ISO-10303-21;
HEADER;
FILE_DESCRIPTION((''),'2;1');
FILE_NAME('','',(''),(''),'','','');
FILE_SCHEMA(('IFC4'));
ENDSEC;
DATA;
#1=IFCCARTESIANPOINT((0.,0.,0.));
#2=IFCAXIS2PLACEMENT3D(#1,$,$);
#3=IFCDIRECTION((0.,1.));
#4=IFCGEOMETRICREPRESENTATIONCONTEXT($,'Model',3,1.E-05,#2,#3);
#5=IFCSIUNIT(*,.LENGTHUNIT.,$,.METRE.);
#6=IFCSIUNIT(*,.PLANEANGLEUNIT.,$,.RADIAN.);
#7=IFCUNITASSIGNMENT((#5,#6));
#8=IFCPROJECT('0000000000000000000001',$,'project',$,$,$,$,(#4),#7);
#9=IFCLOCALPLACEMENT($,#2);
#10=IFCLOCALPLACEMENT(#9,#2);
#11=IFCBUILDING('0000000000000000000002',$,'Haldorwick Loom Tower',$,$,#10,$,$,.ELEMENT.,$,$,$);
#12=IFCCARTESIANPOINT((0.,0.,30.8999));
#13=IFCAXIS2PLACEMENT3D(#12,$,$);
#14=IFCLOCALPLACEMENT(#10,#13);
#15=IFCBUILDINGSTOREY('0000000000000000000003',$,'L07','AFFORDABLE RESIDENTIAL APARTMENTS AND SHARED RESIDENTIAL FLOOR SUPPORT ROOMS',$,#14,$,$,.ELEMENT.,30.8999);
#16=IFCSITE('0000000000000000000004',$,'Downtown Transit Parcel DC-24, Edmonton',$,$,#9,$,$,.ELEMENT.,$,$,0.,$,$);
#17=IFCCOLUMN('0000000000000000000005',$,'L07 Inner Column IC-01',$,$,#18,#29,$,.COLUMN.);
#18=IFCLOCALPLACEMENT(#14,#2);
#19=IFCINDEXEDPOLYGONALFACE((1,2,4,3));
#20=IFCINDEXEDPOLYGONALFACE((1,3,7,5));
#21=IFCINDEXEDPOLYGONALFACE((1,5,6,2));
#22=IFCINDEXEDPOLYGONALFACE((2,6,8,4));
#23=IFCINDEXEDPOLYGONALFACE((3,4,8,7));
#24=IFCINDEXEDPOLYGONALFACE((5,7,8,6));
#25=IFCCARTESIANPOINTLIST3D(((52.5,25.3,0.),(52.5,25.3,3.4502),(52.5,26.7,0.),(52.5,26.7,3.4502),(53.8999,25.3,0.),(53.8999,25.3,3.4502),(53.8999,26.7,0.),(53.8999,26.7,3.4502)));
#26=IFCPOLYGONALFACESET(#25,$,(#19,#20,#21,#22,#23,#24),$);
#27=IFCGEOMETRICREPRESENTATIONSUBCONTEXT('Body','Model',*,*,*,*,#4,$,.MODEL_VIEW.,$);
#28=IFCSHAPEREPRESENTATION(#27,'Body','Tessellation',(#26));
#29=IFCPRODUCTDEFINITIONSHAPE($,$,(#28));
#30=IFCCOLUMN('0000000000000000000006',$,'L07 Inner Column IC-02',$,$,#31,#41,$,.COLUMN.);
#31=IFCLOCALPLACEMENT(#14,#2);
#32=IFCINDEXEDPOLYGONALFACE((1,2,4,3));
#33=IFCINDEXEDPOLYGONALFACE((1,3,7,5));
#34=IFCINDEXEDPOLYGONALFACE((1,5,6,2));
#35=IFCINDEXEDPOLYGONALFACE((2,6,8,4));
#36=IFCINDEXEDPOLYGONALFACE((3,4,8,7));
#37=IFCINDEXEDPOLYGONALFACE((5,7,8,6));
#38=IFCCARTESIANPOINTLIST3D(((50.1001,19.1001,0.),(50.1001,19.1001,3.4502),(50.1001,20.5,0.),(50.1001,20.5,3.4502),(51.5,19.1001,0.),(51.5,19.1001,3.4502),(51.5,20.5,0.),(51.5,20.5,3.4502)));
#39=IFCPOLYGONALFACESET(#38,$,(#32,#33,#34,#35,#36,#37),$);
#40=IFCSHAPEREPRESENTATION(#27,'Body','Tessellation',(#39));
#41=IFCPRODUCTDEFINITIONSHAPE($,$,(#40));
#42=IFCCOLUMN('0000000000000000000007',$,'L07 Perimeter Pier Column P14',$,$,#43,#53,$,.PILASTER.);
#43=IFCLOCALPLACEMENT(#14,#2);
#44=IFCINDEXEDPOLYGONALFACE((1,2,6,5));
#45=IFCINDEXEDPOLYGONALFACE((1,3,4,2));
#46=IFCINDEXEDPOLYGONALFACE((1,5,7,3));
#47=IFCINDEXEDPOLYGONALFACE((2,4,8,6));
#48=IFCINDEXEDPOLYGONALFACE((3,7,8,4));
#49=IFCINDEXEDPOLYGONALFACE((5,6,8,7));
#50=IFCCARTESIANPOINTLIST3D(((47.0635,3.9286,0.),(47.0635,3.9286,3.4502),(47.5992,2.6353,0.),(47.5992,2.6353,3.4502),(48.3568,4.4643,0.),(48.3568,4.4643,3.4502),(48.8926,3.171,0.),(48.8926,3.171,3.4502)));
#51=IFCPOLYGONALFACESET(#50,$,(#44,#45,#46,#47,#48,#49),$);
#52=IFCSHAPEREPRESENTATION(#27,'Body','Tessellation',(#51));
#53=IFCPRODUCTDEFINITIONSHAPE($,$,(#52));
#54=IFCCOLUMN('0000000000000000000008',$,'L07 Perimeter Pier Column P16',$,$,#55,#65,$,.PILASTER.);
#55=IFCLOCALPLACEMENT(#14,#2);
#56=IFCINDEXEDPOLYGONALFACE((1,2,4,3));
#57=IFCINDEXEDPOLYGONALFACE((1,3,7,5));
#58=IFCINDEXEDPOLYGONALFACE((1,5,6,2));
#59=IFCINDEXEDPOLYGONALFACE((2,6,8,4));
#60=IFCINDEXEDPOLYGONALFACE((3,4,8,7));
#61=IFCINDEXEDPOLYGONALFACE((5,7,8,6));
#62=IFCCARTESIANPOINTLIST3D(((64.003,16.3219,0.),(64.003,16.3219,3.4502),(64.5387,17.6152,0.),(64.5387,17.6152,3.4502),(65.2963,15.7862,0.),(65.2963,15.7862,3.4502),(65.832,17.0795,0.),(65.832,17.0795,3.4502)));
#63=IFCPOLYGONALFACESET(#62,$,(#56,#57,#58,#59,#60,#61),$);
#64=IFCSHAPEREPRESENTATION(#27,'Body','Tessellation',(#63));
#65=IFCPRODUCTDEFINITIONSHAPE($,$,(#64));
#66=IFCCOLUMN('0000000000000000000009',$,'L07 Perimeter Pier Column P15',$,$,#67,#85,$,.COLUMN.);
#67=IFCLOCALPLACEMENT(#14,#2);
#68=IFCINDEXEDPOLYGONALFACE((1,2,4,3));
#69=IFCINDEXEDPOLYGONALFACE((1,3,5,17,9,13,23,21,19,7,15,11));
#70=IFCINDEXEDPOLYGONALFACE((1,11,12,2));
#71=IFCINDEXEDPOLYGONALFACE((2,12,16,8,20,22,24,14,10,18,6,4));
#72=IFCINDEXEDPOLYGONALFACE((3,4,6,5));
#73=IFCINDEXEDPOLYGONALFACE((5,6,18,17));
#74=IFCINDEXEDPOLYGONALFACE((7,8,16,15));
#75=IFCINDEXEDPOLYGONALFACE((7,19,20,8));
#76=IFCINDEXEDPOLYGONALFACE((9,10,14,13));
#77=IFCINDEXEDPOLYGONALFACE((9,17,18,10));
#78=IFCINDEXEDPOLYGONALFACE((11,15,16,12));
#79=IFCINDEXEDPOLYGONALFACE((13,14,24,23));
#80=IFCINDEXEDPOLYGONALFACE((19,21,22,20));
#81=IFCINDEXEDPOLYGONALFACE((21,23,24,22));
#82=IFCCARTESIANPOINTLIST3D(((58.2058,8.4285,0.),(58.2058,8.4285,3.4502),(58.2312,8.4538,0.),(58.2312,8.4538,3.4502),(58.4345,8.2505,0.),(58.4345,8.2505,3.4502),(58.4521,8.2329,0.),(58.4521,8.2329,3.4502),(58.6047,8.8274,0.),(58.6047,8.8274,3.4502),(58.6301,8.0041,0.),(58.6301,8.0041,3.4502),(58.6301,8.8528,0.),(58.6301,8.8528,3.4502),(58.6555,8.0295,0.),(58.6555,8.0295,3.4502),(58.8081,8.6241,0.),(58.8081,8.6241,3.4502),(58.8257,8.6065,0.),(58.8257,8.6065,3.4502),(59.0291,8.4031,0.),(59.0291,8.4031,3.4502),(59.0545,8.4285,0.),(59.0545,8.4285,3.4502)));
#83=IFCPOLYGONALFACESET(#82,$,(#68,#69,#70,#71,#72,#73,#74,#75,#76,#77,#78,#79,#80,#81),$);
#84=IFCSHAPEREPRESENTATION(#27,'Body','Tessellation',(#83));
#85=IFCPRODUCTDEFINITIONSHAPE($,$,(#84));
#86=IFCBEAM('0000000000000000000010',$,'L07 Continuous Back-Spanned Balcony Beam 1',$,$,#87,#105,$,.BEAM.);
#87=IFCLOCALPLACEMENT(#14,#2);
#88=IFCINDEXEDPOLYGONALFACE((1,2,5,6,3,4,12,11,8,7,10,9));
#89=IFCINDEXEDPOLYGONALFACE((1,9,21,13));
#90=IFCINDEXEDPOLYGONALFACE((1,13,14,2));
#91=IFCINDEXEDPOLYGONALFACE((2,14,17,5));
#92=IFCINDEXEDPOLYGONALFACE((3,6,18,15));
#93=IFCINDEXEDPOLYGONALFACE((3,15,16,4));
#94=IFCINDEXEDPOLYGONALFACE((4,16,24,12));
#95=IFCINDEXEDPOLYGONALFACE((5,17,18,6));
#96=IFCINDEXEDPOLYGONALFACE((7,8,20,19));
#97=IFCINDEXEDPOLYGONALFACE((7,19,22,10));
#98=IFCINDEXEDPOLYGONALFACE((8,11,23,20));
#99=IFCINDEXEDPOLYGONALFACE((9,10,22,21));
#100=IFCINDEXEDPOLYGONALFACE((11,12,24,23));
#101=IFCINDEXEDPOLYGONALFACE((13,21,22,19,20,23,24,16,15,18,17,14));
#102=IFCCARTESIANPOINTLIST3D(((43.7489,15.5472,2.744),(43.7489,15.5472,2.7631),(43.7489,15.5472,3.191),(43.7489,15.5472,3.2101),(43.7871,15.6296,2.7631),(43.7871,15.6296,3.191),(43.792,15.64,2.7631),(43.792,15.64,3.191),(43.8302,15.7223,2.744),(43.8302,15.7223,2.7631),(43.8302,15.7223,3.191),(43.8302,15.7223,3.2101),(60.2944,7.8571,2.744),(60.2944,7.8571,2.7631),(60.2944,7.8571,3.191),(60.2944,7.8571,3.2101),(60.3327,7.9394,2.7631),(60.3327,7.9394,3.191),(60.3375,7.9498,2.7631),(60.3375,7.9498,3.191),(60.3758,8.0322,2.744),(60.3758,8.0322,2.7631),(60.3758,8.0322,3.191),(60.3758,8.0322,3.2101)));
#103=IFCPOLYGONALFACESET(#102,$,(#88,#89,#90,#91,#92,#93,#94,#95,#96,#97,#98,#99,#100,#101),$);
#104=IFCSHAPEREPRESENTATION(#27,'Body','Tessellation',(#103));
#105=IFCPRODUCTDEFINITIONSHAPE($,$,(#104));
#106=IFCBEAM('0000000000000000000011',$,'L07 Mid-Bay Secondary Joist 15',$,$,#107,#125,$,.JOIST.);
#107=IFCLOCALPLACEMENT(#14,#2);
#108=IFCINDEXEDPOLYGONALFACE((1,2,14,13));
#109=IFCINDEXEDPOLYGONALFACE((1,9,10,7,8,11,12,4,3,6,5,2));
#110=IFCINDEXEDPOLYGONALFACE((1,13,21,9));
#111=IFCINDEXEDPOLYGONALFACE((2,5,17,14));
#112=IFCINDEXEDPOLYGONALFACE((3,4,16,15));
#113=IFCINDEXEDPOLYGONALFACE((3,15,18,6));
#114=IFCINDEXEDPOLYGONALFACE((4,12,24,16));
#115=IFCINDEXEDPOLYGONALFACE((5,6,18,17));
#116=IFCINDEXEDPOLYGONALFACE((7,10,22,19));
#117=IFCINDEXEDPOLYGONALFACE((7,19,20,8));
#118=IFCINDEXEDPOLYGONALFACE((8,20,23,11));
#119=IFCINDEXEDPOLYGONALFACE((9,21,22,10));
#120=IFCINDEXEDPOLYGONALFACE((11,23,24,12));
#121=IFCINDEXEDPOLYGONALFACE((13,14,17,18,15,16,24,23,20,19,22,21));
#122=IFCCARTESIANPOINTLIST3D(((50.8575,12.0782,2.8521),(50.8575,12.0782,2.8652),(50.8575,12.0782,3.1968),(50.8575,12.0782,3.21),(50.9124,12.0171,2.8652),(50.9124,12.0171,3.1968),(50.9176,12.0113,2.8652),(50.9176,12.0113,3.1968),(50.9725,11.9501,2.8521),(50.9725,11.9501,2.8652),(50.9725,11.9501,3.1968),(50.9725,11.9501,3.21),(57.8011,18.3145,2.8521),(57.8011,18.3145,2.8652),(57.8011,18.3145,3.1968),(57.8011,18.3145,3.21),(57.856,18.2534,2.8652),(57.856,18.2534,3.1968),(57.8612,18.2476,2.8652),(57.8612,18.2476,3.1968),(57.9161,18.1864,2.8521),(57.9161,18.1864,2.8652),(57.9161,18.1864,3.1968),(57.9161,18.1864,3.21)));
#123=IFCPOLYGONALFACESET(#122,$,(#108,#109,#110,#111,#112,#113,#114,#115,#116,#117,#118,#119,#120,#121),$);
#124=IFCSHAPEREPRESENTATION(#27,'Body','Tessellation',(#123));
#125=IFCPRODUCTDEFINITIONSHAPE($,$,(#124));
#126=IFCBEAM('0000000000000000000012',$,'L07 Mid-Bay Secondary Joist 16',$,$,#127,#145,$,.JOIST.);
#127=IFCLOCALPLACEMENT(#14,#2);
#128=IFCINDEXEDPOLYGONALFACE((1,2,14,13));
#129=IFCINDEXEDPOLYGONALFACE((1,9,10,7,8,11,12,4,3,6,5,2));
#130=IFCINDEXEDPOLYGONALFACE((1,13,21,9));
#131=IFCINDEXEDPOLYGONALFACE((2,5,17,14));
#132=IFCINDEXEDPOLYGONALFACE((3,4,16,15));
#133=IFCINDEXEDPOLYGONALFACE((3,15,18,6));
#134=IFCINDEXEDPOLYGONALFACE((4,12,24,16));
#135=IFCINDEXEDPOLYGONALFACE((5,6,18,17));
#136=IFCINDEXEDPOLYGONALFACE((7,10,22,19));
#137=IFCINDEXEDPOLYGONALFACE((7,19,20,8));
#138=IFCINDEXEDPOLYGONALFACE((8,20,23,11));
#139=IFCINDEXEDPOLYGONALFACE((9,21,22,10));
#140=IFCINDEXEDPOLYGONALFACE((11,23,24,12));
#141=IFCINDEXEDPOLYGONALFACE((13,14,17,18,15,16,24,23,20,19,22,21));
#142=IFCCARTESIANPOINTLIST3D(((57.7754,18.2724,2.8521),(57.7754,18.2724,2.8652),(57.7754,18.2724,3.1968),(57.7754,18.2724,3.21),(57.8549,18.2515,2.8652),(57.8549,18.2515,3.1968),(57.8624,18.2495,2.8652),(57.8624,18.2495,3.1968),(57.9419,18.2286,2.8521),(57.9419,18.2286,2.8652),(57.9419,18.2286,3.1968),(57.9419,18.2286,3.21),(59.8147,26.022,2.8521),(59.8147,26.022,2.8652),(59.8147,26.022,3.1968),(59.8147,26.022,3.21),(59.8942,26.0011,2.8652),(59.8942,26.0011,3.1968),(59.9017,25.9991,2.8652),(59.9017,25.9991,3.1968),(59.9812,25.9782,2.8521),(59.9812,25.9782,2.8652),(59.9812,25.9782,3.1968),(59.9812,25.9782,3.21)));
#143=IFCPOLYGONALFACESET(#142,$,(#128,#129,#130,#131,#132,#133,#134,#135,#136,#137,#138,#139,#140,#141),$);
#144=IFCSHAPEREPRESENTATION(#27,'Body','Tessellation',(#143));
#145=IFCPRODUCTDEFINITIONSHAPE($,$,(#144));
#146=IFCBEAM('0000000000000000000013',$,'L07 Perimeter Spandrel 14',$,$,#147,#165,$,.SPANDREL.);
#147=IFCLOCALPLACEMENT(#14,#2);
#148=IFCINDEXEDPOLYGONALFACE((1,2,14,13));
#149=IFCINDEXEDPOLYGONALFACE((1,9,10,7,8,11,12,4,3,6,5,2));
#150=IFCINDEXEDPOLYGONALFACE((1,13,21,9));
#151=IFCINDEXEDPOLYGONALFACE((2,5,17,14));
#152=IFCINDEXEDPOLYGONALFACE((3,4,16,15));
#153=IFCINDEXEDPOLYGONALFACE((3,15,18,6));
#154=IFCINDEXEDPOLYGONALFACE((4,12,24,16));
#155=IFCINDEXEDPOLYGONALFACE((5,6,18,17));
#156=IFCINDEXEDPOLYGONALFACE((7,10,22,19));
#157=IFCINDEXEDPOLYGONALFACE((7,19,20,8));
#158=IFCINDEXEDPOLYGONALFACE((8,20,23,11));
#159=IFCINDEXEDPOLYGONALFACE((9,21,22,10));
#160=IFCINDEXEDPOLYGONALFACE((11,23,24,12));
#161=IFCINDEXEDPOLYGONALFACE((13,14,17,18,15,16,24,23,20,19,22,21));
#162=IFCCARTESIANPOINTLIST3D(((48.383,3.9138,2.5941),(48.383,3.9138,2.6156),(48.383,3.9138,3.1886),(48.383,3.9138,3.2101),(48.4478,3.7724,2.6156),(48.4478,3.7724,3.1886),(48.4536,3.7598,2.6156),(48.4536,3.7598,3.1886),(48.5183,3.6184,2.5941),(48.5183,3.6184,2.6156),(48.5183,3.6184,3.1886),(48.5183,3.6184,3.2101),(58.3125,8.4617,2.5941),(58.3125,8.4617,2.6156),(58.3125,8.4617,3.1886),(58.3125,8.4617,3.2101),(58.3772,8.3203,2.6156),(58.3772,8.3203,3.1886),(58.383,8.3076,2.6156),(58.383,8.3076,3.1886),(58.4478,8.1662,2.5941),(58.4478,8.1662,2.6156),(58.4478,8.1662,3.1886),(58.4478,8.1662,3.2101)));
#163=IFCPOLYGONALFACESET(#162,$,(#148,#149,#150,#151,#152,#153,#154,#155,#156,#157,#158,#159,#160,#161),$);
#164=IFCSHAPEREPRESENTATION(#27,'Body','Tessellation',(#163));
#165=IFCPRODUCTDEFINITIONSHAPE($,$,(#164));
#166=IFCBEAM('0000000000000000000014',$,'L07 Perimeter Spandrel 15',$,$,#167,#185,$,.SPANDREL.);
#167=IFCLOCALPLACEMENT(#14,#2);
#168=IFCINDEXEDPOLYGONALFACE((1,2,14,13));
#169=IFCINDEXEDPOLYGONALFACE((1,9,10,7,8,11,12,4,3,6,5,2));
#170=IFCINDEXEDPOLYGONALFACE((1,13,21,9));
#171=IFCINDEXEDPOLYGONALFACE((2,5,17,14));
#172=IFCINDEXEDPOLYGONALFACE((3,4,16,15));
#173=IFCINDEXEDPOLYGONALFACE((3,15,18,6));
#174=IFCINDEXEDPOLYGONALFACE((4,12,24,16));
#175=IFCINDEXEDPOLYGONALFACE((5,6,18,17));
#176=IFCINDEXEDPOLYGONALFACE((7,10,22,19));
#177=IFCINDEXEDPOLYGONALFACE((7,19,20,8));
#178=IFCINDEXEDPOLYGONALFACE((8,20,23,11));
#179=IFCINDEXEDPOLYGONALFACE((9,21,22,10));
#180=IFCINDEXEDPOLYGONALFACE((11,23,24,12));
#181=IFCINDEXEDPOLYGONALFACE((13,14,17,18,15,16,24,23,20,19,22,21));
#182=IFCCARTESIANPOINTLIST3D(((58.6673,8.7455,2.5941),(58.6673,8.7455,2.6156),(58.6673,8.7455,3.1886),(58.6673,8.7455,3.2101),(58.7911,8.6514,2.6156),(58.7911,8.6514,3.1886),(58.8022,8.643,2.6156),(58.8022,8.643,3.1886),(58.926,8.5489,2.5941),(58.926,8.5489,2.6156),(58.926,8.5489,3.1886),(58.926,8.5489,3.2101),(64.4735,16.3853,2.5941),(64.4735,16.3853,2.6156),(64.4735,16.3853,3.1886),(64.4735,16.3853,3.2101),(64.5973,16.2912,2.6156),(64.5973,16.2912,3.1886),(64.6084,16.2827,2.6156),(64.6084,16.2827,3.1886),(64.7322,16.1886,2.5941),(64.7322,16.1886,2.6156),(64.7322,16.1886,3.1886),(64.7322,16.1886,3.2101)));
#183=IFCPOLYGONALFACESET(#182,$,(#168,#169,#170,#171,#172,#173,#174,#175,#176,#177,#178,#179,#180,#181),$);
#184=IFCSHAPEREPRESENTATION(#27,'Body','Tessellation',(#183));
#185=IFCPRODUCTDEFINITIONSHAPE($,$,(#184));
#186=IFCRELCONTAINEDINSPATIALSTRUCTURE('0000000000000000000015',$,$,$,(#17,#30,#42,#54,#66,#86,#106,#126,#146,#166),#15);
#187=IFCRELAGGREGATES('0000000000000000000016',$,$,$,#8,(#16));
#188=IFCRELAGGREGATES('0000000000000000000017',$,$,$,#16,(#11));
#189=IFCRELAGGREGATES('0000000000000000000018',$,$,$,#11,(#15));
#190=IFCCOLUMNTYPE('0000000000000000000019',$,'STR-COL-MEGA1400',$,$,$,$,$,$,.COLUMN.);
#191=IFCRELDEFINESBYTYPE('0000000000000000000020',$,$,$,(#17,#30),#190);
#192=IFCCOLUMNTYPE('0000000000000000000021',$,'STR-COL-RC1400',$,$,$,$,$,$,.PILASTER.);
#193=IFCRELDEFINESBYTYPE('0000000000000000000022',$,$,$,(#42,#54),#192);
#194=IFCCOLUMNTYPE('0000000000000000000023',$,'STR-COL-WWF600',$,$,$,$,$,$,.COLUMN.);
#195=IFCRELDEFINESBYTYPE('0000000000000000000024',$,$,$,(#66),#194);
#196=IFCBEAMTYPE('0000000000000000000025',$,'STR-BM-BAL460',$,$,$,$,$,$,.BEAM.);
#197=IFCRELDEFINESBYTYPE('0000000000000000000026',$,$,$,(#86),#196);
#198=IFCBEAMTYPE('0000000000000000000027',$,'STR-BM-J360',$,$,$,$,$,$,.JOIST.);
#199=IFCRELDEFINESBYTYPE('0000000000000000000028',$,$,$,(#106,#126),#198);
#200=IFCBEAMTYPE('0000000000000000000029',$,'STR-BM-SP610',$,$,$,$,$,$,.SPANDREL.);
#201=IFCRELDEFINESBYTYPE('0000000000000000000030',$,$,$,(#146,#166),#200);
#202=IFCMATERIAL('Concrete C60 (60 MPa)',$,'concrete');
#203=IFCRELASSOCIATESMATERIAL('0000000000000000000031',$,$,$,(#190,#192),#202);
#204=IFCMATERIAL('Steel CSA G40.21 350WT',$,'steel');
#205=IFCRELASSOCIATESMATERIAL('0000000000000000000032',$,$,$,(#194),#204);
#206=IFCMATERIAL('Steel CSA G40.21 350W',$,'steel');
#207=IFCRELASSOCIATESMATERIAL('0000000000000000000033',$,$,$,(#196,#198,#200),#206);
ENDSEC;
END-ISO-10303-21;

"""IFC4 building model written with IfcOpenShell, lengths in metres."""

from ifc_helpers import new_model, si_unit, direction, frame, origin, origin_2d, place, context, subcontext, project, spatial, rectangle, i_section, extrude, material, material_profile, profile_set, type_object, element, save


model = new_model("IFC4")

# Units and contexts
model_context = context("Model", 3, precision=1e-05, world=origin(), true_north=direction((0.0, 1.0)))
body_context = subcontext(model_context, "Body", "Model", "MODEL_VIEW")
ifc_project = project(units=[si_unit("LENGTHUNIT", "METRE"), si_unit("PLANEANGLEUNIT", "RADIAN")], contexts=[model_context])

# Site, building, storey
site_placement = place(None, origin())
site = spatial("IfcSite", under=ifc_project, at=site_placement, Name="Downtown Transit Parcel DC-24, Edmonton", CompositionType="ELEMENT", RefElevation=0.0)
building_placement = place(site_placement, origin())
building = spatial("IfcBuilding", under=site, at=building_placement, Name="Haldorwick Loom Tower", CompositionType="ELEMENT")
storey_placement = place(building_placement, frame((0.0, 0.0, 30.8999)))
storey = spatial("IfcBuildingStorey", under=building, at=storey_placement, Name="L07", Description="AFFORDABLE RESIDENTIAL APARTMENTS AND SHARED RESIDENTIAL FLOOR SUPPORT ROOMS", CompositionType="ELEMENT", Elevation=30.8999)

# Columns
ifc_material_1 = material(Name="Concrete C60 (60 MPa)", Category="concrete")
ifc_material_profile_1 = material_profile(ifc_material_1, rectangle(XDim=1.3999, YDim=1.3999, at=origin_2d()), Name="RC1400X1400", Category="concrete")
ifc_profile_set_1 = profile_set([ifc_material_profile_1], Name="Concrete C60 (60 MPa)")
column_type_1 = type_object("IfcColumnType", Name="STR-COL-MEGA1400", PredefinedType="COLUMN", material=ifc_profile_set_1)
for number, where, z_axis, x_axis, name in (
    (1, (53.2, 26.0, 0.0), (0.0, 0.0, 1.0), (1.0, 0.0, 0.0), "L07 Inner Column IC-01"),
    (2, (50.8, 19.8, 0.0), (0.0, 0.0, 1.0), (1.0, 0.0, 0.0), "L07 Inner Column IC-02"),
):
    element("IfcColumn", number, at=place(storey_placement, frame(where, z_axis=z_axis, x_axis=x_axis)), inside=storey, type_object=column_type_1, Name=name, PredefinedType="COLUMN", context=body_context, shape_type="SweptSolid", body=[
        extrude(rectangle(XDim=1.3999, YDim=1.3999, at=origin_2d()), origin(), (0.0, 0.0, 1.0), 3.4502),
    ])
ifc_material_profile_2 = material_profile(ifc_material_1, rectangle(XDim=1.3999, YDim=1.3999, at=origin_2d()), Name="RC1400X1400", Category="concrete")
ifc_profile_set_2 = profile_set([ifc_material_profile_2], Name="Concrete C60 (60 MPa)")
column_type_2 = type_object("IfcColumnType", Name="STR-COL-RC1400", PredefinedType="PILASTER", material=ifc_profile_set_2)
for number, where, z_axis, x_axis, name in (
    (3, (47.978, 3.5498, 0.0), (0.0, 0.0, 1.0), (0.382683, -0.92388, 0.0), "L07 Perimeter Pier Column P14"),
    (4, (64.9175, 16.7007, 0.0), (0.0, 0.0, 1.0), (0.92388, -0.382683, 0.0), "L07 Perimeter Pier Column P16"),
):
    element("IfcColumn", number, at=place(storey_placement, frame(where, z_axis=z_axis, x_axis=x_axis)), inside=storey, type_object=column_type_2, Name=name, PredefinedType="PILASTER", context=body_context, shape_type="SweptSolid", body=[
        extrude(rectangle(XDim=1.3999, YDim=1.3999, at=origin_2d()), origin(), (0.0, 0.0, 1.0), 3.4502),
    ])
ifc_material_2 = material(Name="Steel CSA G40.21 350WT", Category="steel")
ifc_material_profile_3 = material_profile(ifc_material_2, i_section(OverallWidth=0.6001, OverallDepth=0.6001, WebThickness=0.0249, FlangeThickness=0.0359, at=origin_2d()), Name="WWF600X600", Category="steel")
ifc_profile_set_3 = profile_set([ifc_material_profile_3], Name="Steel CSA G40.21 350WT")
column_type_3 = type_object("IfcColumnType", Name="STR-COL-WWF600", PredefinedType="COLUMN", material=ifc_profile_set_3)
column_placement = place(storey_placement, frame((58.6301, 8.4285, 0.0), z_axis=(0.0, 0.0, 1.0), x_axis=(0.707107, -0.707107, 0.0)))
element("IfcColumn", 5, at=column_placement, inside=storey, type_object=column_type_3, Name="L07 Perimeter Pier Column P15", PredefinedType="COLUMN", context=body_context, shape_type="SweptSolid", body=[
    extrude(i_section(OverallWidth=0.6001, OverallDepth=0.6001, WebThickness=0.0249, FlangeThickness=0.0359, at=origin_2d()), origin(), (0.0, 0.0, 1.0), 3.4502),
])

# Beams
ifc_material_3 = material(Name="Steel CSA G40.21 350W", Category="steel")
ifc_material_profile_4 = material_profile(ifc_material_3, i_section(OverallWidth=0.1931, OverallDepth=0.4661, WebThickness=0.0115, FlangeThickness=0.019, at=origin_2d()), Name="W460X97", Category="steel")
ifc_profile_set_4 = profile_set([ifc_material_profile_4], Name="Steel CSA G40.21 350W")
beam_type_1 = type_object("IfcBeamType", Name="STR-BM-BAL460", PredefinedType="BEAM", material=ifc_profile_set_4)
beam_1_placement = place(storey_placement, frame((43.7896, 15.6348, 2.9771), z_axis=(0.906836, -0.421484, 0.0), x_axis=(0.421484, 0.906836, 0.0)))
element("IfcBeam", 6, at=beam_1_placement, inside=storey, type_object=beam_type_1, Name="L07 Continuous Back-Spanned Balcony Beam 1", PredefinedType="BEAM", context=body_context, shape_type="SweptSolid", body=[
    extrude(i_section(OverallWidth=0.1931, OverallDepth=0.4661, WebThickness=0.0115, FlangeThickness=0.019, at=origin_2d()), origin(), (0.0, 0.0, 1.0), 18.2454),
])
ifc_material_profile_5 = material_profile(ifc_material_3, i_section(OverallWidth=0.1721, OverallDepth=0.3579, WebThickness=0.0078, FlangeThickness=0.0132, at=origin_2d()), Name="W360X57", Category="steel")
ifc_profile_set_5 = profile_set([ifc_material_profile_5], Name="Steel CSA G40.21 350W")
beam_type_2 = type_object("IfcBeamType", Name="STR-BM-J360", PredefinedType="JOIST", material=ifc_profile_set_5)
beam_2_placement = place(storey_placement, frame((50.915, 12.0142, 3.031), z_axis=(0.743982, 0.6682, 0.0), x_axis=(-0.6682, 0.743982, 0.0)))
element("IfcBeam", 7, at=beam_2_placement, inside=storey, type_object=beam_type_2, Name="L07 Mid-Bay Secondary Joist 15", PredefinedType="JOIST", context=body_context, shape_type="SweptSolid", body=[
    extrude(i_section(OverallWidth=0.1721, OverallDepth=0.3579, WebThickness=0.0078, FlangeThickness=0.0132, at=origin_2d()), origin(), (0.0, 0.0, 1.0), 9.333),
])
beam_3_placement = place(storey_placement, frame((57.8586, 18.2505, 3.031), z_axis=(0.254489, 0.967076, 0.0), x_axis=(-0.967076, 0.254489, 0.0)))
element("IfcBeam", 8, at=beam_3_placement, inside=storey, type_object=beam_type_2, Name="L07 Mid-Bay Secondary Joist 16", PredefinedType="JOIST", context=body_context, shape_type="SweptSolid", body=[
    extrude(i_section(OverallWidth=0.1721, OverallDepth=0.3579, WebThickness=0.0078, FlangeThickness=0.0132, at=origin_2d()), origin(), (0.0, 0.0, 1.0), 8.0134),
])
ifc_material_profile_6 = material_profile(ifc_material_3, i_section(OverallWidth=0.325, OverallDepth=0.616, WebThickness=0.0139, FlangeThickness=0.0215, at=origin_2d()), Name="W610X174", Category="steel")
ifc_profile_set_6 = profile_set([ifc_material_profile_6], Name="Steel CSA G40.21 350W")
beam_type_3 = type_object("IfcBeamType", Name="STR-BM-SP610", PredefinedType="SPANDREL", material=ifc_profile_set_6)
beam_4_placement = place(storey_placement, frame((48.4507, 3.7661, 2.9021), z_axis=(0.909174, 0.416417, 0.0), x_axis=(-0.416417, 0.909174, 0.0)))
element("IfcBeam", 9, at=beam_4_placement, inside=storey, type_object=beam_type_3, Name="L07 Perimeter Spandrel 14", PredefinedType="SPANDREL", context=body_context, shape_type="SweptSolid", body=[
    extrude(i_section(OverallWidth=0.325, OverallDepth=0.616, WebThickness=0.0139, FlangeThickness=0.0215, at=origin_2d()), origin(), (0.0, 0.0, 1.0), 10.9214),
])
beam_5_placement = place(storey_placement, frame((58.7966, 8.6472, 2.9021), z_axis=(0.605085, 0.796161, 0.0), x_axis=(-0.796161, 0.605085, 0.0)))
element("IfcBeam", 10, at=beam_5_placement, inside=storey, type_object=beam_type_3, Name="L07 Perimeter Spandrel 15", PredefinedType="SPANDREL", context=body_context, shape_type="SweptSolid", body=[
    extrude(i_section(OverallWidth=0.325, OverallDepth=0.616, WebThickness=0.0139, FlangeThickness=0.0215, at=origin_2d()), origin(), (0.0, 0.0, 1.0), 9.5957),
])

save(model, "model.ifc")
